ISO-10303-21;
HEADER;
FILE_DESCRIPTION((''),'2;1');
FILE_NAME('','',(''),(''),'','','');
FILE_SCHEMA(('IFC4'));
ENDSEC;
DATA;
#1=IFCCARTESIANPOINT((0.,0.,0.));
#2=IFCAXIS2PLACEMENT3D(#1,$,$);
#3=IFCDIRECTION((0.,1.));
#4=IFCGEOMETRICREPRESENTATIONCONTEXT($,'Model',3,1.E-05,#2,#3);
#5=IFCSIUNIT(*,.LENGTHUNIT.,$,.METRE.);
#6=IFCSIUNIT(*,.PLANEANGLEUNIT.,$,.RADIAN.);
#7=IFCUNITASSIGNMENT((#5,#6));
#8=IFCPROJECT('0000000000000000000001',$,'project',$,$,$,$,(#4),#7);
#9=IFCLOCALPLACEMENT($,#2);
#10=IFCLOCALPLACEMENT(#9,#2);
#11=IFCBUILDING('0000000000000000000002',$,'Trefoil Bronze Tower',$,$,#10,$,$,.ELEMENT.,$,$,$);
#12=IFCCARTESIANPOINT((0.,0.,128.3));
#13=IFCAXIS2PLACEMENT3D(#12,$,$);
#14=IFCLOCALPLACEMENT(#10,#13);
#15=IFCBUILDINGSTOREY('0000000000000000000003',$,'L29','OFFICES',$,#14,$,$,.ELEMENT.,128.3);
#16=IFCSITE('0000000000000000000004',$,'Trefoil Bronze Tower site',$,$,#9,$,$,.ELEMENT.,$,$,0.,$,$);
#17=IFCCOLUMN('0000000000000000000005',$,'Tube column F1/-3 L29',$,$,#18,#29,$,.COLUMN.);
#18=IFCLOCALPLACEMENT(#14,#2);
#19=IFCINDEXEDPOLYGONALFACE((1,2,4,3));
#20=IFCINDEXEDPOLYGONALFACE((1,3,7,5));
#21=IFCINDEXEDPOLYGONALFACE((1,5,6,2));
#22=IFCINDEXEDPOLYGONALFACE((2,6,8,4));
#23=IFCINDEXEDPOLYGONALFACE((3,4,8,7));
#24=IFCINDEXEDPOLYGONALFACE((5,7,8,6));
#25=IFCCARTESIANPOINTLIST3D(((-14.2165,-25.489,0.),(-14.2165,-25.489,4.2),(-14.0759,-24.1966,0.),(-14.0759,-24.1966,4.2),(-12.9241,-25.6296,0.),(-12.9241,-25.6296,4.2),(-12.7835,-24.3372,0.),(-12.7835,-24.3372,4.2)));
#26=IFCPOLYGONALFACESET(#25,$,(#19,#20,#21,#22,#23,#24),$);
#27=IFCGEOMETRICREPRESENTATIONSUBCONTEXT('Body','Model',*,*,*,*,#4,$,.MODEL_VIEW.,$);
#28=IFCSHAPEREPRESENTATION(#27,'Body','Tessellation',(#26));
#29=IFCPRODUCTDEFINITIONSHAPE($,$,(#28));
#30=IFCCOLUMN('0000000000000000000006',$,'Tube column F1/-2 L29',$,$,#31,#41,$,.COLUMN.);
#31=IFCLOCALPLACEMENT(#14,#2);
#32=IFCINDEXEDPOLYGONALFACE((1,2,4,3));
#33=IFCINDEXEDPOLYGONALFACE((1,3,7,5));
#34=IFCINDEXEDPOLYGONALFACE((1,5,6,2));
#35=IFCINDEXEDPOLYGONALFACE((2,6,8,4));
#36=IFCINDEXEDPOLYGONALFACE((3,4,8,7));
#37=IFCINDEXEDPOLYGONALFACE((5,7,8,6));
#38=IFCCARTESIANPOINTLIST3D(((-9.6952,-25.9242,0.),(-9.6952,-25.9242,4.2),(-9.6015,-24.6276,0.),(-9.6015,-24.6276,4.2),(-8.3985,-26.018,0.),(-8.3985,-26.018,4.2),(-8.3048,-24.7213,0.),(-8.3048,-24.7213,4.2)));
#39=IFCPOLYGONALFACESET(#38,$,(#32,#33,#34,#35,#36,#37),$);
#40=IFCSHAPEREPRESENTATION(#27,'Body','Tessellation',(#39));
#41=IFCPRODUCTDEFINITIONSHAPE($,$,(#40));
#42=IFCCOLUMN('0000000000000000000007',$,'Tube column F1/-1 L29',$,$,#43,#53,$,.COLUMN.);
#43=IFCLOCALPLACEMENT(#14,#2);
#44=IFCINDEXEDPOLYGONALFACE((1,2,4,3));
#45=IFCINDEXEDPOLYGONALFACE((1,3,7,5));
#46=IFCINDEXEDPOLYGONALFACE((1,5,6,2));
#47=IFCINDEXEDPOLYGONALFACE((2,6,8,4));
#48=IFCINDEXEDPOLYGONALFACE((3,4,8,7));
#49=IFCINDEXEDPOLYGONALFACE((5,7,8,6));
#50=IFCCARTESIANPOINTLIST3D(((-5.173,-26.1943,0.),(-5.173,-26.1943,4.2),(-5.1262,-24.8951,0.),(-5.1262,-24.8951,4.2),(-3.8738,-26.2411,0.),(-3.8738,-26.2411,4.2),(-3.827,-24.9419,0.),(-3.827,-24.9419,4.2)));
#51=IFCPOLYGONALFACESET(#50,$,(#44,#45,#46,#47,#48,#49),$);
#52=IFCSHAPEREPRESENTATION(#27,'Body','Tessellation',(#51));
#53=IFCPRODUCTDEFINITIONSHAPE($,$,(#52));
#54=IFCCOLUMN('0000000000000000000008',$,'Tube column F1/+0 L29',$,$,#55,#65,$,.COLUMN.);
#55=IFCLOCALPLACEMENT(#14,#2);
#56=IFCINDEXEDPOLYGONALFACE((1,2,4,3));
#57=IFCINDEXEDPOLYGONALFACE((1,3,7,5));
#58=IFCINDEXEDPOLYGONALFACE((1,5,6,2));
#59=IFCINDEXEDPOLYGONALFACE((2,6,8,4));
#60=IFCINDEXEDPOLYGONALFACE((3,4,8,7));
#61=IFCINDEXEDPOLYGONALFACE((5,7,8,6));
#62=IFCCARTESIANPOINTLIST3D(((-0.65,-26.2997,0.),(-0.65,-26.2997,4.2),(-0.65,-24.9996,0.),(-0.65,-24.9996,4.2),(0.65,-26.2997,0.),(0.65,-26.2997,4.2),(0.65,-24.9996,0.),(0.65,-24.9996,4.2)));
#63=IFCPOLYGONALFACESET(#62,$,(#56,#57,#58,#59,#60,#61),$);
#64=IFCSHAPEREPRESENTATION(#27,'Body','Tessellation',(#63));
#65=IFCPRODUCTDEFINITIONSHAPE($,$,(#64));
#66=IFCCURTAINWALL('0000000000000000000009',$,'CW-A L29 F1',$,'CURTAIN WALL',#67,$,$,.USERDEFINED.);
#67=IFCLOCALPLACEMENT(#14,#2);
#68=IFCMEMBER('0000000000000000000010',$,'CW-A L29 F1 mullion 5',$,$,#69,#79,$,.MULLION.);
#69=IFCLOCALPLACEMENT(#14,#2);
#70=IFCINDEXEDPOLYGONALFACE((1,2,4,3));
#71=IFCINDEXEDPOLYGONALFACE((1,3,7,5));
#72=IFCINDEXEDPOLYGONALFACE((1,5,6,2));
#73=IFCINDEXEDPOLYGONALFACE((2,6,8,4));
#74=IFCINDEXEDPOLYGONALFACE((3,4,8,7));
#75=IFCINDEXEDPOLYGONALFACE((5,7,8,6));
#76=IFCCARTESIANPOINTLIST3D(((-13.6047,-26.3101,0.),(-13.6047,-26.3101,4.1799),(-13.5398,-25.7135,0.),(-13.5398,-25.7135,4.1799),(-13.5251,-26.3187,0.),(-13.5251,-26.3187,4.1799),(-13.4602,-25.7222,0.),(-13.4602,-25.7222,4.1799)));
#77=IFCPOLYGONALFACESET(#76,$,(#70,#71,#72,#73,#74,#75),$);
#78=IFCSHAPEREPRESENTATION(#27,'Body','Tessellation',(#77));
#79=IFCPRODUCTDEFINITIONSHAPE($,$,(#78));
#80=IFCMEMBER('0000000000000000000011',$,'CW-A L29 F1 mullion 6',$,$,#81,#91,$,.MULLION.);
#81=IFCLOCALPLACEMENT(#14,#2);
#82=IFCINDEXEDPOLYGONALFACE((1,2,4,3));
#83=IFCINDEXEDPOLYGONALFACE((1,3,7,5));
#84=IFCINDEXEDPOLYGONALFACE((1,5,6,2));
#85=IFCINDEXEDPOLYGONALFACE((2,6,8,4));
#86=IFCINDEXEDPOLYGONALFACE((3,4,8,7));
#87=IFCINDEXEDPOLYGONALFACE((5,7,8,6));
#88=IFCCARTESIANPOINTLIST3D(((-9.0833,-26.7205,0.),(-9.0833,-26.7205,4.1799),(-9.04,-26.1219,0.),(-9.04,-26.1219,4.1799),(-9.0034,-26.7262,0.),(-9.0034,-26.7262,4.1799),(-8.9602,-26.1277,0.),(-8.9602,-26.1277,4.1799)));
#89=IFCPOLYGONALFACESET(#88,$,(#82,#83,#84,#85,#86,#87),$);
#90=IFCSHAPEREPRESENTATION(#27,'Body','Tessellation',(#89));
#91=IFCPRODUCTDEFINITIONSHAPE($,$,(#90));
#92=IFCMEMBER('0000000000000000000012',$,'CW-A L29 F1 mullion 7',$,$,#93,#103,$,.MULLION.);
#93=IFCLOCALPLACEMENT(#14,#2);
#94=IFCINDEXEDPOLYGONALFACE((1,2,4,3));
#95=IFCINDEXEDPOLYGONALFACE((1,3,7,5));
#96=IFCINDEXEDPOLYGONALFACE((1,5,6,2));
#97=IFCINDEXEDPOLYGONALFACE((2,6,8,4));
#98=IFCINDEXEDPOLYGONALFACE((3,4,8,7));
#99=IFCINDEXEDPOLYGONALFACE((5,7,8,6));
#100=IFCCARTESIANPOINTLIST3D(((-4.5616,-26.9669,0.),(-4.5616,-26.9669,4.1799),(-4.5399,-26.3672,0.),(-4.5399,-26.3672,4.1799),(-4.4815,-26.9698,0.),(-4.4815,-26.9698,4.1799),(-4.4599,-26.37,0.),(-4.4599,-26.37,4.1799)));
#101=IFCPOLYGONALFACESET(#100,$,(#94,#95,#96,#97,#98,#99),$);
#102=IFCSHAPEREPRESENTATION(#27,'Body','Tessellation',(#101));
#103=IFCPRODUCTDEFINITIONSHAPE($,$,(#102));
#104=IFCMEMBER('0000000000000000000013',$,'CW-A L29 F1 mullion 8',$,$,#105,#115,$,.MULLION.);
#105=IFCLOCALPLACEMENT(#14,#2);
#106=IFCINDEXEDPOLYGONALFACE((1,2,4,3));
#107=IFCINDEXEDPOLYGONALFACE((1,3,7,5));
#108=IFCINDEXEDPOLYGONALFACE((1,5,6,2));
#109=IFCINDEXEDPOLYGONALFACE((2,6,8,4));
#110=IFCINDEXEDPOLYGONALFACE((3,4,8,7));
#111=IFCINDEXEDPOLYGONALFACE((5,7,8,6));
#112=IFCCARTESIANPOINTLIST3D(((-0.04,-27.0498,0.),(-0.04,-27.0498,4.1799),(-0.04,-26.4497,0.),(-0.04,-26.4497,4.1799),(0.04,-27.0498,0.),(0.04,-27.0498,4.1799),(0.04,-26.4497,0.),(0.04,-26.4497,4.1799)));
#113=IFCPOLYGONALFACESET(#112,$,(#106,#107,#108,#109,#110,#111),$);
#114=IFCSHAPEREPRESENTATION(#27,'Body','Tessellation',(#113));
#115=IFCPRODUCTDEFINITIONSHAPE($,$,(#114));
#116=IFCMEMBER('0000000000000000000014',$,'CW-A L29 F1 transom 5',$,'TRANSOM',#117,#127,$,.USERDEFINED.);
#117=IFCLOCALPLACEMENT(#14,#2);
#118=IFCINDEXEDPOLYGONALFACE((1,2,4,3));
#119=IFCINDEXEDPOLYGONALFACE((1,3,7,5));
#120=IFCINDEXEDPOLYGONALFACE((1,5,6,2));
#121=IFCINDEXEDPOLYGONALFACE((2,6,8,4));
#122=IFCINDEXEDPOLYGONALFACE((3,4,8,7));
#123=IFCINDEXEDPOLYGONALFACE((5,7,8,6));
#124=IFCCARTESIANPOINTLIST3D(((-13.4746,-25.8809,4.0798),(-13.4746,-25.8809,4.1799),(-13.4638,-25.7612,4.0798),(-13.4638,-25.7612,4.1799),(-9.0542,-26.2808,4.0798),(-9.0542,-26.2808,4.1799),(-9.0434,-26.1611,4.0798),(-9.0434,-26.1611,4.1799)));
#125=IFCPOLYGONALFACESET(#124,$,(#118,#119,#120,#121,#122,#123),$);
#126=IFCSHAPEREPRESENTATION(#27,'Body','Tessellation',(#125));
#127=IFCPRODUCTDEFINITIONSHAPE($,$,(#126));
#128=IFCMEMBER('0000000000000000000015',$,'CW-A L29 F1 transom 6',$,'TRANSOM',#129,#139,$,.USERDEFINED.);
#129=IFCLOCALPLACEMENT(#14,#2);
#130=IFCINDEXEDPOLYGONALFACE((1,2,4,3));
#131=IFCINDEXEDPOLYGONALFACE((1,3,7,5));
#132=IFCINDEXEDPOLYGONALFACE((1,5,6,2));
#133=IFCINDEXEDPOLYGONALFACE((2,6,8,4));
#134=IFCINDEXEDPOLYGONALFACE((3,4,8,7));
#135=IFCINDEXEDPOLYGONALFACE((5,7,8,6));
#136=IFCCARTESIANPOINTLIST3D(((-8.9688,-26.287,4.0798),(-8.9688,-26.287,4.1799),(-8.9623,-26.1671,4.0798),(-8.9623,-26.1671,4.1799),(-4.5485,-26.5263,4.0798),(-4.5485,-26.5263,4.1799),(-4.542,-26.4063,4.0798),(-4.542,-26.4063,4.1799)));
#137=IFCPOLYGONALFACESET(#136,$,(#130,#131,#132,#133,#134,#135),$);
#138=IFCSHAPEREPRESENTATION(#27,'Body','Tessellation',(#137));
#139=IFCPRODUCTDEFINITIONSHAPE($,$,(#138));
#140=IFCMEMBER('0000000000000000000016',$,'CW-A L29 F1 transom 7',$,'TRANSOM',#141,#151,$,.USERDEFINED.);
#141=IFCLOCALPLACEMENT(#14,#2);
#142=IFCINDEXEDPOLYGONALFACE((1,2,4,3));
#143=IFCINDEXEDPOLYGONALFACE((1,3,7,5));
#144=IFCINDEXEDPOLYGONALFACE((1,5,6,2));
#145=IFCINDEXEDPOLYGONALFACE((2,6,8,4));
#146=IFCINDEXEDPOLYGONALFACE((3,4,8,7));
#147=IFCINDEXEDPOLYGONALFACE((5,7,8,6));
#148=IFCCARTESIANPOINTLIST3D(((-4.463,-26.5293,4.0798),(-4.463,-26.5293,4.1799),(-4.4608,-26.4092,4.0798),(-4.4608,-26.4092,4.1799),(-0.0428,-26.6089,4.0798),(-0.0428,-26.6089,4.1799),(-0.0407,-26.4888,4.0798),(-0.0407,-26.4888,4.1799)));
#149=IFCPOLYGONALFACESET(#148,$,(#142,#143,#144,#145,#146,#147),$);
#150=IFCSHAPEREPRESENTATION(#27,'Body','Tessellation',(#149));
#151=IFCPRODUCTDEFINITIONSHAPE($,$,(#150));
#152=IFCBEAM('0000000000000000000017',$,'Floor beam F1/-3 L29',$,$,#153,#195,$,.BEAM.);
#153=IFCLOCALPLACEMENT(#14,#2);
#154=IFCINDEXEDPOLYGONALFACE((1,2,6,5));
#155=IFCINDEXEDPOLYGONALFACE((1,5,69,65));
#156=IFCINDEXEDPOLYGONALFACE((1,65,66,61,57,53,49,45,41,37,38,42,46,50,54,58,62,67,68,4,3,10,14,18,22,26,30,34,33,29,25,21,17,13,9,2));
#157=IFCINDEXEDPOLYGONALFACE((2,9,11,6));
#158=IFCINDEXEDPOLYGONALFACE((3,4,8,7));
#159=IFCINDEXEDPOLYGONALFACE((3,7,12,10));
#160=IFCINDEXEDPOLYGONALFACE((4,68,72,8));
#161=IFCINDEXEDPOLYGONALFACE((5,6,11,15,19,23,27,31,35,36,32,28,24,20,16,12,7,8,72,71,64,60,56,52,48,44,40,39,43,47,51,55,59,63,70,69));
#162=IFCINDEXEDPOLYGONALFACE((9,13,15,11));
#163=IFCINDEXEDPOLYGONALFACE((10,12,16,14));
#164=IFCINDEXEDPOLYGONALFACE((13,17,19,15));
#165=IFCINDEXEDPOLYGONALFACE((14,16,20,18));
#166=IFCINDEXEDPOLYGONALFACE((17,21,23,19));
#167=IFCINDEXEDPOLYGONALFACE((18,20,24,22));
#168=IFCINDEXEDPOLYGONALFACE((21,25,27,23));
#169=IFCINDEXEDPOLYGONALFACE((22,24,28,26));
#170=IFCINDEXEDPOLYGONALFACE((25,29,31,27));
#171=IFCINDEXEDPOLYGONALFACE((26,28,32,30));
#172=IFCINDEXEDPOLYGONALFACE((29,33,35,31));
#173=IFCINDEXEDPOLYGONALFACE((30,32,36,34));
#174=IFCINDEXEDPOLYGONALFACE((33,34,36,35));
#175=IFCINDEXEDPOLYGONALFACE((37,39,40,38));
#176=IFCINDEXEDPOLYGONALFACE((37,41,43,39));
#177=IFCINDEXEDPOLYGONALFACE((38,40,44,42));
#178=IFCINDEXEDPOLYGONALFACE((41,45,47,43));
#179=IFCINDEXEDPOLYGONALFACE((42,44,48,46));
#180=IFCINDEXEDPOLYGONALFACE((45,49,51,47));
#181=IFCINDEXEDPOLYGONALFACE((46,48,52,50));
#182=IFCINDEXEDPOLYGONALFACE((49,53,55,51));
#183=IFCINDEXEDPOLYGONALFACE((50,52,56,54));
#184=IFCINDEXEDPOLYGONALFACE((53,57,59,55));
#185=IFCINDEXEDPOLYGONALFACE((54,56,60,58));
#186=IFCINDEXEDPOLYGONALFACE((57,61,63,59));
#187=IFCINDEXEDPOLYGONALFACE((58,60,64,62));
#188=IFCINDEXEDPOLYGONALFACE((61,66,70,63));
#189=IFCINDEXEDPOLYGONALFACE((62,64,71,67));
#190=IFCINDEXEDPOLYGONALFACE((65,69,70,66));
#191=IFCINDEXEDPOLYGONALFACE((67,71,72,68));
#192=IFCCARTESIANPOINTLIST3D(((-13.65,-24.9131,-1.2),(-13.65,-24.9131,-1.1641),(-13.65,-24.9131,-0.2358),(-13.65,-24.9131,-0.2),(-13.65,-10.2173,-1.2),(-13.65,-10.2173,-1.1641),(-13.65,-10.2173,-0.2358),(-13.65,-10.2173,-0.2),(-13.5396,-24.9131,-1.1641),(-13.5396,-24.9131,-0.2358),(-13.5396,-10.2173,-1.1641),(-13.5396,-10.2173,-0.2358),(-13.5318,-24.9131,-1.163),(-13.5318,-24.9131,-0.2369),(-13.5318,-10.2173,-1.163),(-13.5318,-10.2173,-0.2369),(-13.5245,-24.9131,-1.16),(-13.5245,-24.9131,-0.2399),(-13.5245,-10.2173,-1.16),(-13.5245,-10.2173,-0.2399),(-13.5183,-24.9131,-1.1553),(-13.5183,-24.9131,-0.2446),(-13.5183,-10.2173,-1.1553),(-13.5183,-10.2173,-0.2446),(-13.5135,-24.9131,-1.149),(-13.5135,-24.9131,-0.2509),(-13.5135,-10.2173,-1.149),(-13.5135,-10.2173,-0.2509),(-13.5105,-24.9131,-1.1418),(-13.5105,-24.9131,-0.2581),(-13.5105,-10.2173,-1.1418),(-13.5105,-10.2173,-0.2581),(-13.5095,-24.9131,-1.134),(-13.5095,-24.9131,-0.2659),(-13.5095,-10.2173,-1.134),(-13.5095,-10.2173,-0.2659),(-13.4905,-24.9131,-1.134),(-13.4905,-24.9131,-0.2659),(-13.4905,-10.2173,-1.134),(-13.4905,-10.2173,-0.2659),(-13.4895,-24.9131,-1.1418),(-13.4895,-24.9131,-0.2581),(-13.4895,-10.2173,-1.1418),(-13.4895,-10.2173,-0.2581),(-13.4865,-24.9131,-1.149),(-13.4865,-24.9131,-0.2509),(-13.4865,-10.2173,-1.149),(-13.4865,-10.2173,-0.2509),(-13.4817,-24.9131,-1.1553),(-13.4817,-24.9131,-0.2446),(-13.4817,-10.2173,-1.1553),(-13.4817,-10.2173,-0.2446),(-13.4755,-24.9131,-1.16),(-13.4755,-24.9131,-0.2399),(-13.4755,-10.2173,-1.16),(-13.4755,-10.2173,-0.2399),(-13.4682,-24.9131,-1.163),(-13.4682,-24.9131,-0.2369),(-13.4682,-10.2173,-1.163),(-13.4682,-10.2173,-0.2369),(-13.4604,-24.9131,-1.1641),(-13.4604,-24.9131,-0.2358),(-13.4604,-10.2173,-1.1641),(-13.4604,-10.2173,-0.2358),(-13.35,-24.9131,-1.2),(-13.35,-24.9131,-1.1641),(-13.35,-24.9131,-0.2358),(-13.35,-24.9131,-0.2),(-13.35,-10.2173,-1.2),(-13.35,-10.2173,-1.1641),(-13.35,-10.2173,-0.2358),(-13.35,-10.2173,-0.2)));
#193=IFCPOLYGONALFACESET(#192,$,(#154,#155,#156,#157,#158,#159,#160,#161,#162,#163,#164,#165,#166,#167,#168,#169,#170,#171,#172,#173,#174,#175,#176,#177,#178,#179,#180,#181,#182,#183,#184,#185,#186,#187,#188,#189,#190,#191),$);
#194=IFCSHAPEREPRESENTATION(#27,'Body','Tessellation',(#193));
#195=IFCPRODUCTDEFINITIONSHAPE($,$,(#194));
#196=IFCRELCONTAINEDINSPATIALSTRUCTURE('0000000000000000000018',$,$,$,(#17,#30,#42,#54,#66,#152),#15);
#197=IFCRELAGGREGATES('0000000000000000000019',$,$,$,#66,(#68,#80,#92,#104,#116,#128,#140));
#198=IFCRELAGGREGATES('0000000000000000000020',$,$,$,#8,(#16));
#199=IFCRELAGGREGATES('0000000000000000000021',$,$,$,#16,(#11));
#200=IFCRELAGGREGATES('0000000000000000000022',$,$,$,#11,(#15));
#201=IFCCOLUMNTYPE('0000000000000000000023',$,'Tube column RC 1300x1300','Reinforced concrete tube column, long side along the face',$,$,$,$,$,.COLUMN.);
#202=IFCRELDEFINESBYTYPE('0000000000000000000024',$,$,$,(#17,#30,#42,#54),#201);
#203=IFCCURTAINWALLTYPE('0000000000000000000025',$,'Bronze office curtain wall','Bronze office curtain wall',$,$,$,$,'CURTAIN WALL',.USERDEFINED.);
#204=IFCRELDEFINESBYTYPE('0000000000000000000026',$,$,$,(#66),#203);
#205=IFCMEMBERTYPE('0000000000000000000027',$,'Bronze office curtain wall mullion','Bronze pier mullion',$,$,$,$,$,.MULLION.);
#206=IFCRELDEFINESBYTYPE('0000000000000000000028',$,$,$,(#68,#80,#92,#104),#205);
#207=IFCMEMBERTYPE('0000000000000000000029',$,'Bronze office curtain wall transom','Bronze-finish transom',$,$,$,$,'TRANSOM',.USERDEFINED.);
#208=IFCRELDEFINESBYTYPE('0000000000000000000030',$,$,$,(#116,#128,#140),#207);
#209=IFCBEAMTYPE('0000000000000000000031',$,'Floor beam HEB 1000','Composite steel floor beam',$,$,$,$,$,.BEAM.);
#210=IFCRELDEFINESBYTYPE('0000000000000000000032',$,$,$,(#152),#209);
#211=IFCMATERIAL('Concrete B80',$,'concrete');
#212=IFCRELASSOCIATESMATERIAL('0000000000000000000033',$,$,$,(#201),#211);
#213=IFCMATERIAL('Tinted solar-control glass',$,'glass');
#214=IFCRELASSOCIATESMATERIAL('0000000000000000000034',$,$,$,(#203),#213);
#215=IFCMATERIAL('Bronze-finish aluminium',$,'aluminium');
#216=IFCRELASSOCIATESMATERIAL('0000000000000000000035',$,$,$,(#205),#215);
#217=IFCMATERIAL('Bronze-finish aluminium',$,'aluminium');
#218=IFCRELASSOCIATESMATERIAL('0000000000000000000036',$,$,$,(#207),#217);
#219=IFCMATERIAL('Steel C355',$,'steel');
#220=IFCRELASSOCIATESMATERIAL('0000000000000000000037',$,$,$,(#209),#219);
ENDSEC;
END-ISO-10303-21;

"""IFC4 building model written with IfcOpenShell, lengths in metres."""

from ifc_helpers import new_model, si_unit, direction, frame, origin, origin_2d, place, context, subcontext, project, spatial, rectangle, i_section, extrude, material, material_profile, profile_set, type_object, element, aggregate, save


model = new_model("IFC4")

# Units and contexts
model_context = context("Model", 3, precision=1e-05, world=origin(), true_north=direction((0.0, 1.0)))
body_context = subcontext(model_context, "Body", "Model", "MODEL_VIEW")
ifc_project = project(units=[si_unit("LENGTHUNIT", "METRE"), si_unit("PLANEANGLEUNIT", "RADIAN")], contexts=[model_context])

# Site, building, storey
site_placement = place(None, origin())
site = spatial("IfcSite", under=ifc_project, at=site_placement, Name="Trefoil Bronze Tower site", CompositionType="ELEMENT", RefElevation=0.0)
building_placement = place(site_placement, origin())
building = spatial("IfcBuilding", under=site, at=building_placement, Name="Trefoil Bronze Tower", CompositionType="ELEMENT")
storey_placement = place(building_placement, frame((0.0, 0.0, 128.3)))
storey = spatial("IfcBuildingStorey", under=building, at=storey_placement, Name="L29", Description="OFFICES", CompositionType="ELEMENT", Elevation=128.3)

# Columns
ifc_material_1 = material(Name="Concrete B80", Category="concrete")
ifc_material_profile_1 = material_profile(ifc_material_1, rectangle(XDim=1.3, YDim=1.3, at=origin_2d()), Name="RC 1300x1300")
ifc_profile_set_1 = profile_set([ifc_material_profile_1], Name="Concrete B80")
column_type = type_object("IfcColumnType", Name="Tube column RC 1300x1300", Description="Reinforced concrete tube column, long side along the face", PredefinedType="COLUMN", material=ifc_profile_set_1)
for number, where, z_axis, x_axis, name in (
    (1, (-13.5, -24.9131, 0.0), (0.0, 0.0, 1.0), (0.994135, -0.108144, 0.0), "Tube column F1/-3 L29"),
    (2, (-9.0, -25.3228, 0.0), (0.0, 0.0, 1.0), (0.997398, -0.072096, 0.0), "Tube column F1/-2 L29"),
    (3, (-4.5, -25.5681, 0.0), (0.0, 0.0, 1.0), (0.99935, -0.036048, 0.0), "Tube column F1/-1 L29"),
    (4, (0.0, -25.6497, 0.0), (0.0, 0.0, 1.0), (1.0, 0.0, 0.0), "Tube column F1/+0 L29"),
):
    element("IfcColumn", number, at=place(storey_placement, frame(where, z_axis=z_axis, x_axis=x_axis)), inside=storey, type_object=column_type, Name=name, PredefinedType="COLUMN", context=body_context, shape_type="SweptSolid", body=[
        extrude(rectangle(XDim=1.3, YDim=1.3, at=origin_2d()), origin(), (0.0, 0.0, 1.0), 4.2),
    ])

# Curtain wall, members
ifc_material_2 = material(Name="Tinted solar-control glass", Category="glass")
curtain_wall_type = type_object("IfcCurtainWallType", Name="Bronze office curtain wall", Description="Bronze office curtain wall", ElementType="CURTAIN WALL", PredefinedType="USERDEFINED", material=ifc_material_2)
curtain_wall_placement = place(storey_placement, origin())
curtain_wall = element("IfcCurtainWall", 5, at=curtain_wall_placement, inside=storey, type_object=curtain_wall_type, Name="CW-A L29 F1", ObjectType="CURTAIN WALL", PredefinedType="USERDEFINED")
ifc_material_3 = material(Name="Bronze-finish aluminium", Category="aluminium")
ifc_material_profile_2 = material_profile(ifc_material_3, rectangle(XDim=0.6001, YDim=0.0801, at=origin_2d()), Name="CW-A mullion")
ifc_profile_set_2 = profile_set([ifc_material_profile_2], Name="Bronze-finish aluminium")
member_type_1 = type_object("IfcMemberType", Name="Bronze office curtain wall mullion", Description="Bronze pier mullion", PredefinedType="MULLION", material=ifc_profile_set_2)
member_1_placement = place(storey_placement, frame((-13.5325, -26.0161, 0.0), z_axis=(0.0, 0.0, 1.0), x_axis=(0.108144, 0.994135, 0.0)))
member_1 = element("IfcMember", 6, at=member_1_placement, type_object=member_type_1, Name="CW-A L29 F1 mullion 5", PredefinedType="MULLION", context=body_context, shape_type="SweptSolid", body=[
    extrude(rectangle(XDim=0.6001, YDim=0.0801, at=origin_2d()), origin(), (0.0, 0.0, 1.0), 4.1799),
])
member_2_placement = place(storey_placement, frame((-9.0217, -26.4241, 0.0), z_axis=(0.0, 0.0, 1.0), x_axis=(0.072096, 0.997398, 0.0)))
member_2 = element("IfcMember", 7, at=member_2_placement, type_object=member_type_1, Name="CW-A L29 F1 mullion 6", PredefinedType="MULLION", context=body_context, shape_type="SweptSolid", body=[
    extrude(rectangle(XDim=0.6001, YDim=0.0801, at=origin_2d()), origin(), (0.0, 0.0, 1.0), 4.1799),
])
member_3_placement = place(storey_placement, frame((-4.5107, -26.6685, 0.0), z_axis=(0.0, 0.0, 1.0), x_axis=(0.036048, 0.99935, 0.0)))
member_3 = element("IfcMember", 8, at=member_3_placement, type_object=member_type_1, Name="CW-A L29 F1 mullion 7", PredefinedType="MULLION", context=body_context, shape_type="SweptSolid", body=[
    extrude(rectangle(XDim=0.6001, YDim=0.0801, at=origin_2d()), origin(), (0.0, 0.0, 1.0), 4.1799),
])
member_4_placement = place(storey_placement, frame((0.0, -26.7498, 0.0), z_axis=(0.0, 0.0, 1.0), x_axis=(0.0, 1.0, 0.0)))
member_4 = element("IfcMember", 9, at=member_4_placement, type_object=member_type_1, Name="CW-A L29 F1 mullion 8", PredefinedType="MULLION", context=body_context, shape_type="SweptSolid", body=[
    extrude(rectangle(XDim=0.6001, YDim=0.0801, at=origin_2d()), origin(), (0.0, 0.0, 1.0), 4.1799),
])
ifc_material_4 = material(Name="Bronze-finish aluminium", Category="aluminium")
ifc_material_profile_3 = material_profile(ifc_material_4, rectangle(XDim=0.1201, YDim=0.1001, at=origin_2d()), Name="CW-A transom")
ifc_profile_set_3 = profile_set([ifc_material_profile_3], Name="Bronze-finish aluminium")
member_type_2 = type_object("IfcMemberType", Name="Bronze office curtain wall transom", Description="Bronze-finish transom", ElementType="TRANSOM", PredefinedType="USERDEFINED", material=ifc_profile_set_3)
member_5_placement = place(storey_placement, frame((-13.4692, -25.821, 4.1299), z_axis=(0.995933, -0.090099, 0.0), x_axis=(0.090099, 0.995933, 0.0)))
member_5 = element("IfcMember", 10, at=member_5_placement, type_object=member_type_2, Name="CW-A L29 F1 transom 5", ObjectType="TRANSOM", PredefinedType="USERDEFINED", context=body_context, shape_type="SweptSolid", body=[
    extrude(rectangle(XDim=0.1201, YDim=0.1001, at=origin_2d()), origin(), (0.0, 0.0, 1.0), 4.4385),
])
member_6_placement = place(storey_placement, frame((-8.9656, -26.2271, 4.1299), z_axis=(0.998538, -0.05405, 0.0), x_axis=(0.05405, 0.998538, 0.0)))
member_6 = element("IfcMember", 11, at=member_6_placement, type_object=member_type_2, Name="CW-A L29 F1 transom 6", ObjectType="TRANSOM", PredefinedType="USERDEFINED", context=body_context, shape_type="SweptSolid", body=[
    extrude(rectangle(XDim=0.1201, YDim=0.1001, at=origin_2d()), origin(), (0.0, 0.0, 1.0), 4.4268),
])
member_7_placement = place(storey_placement, frame((-4.4619, -26.4692, 4.1299), z_axis=(0.999838, -0.018003, 0.0), x_axis=(0.018003, 0.999838, 0.0)))
member_7 = element("IfcMember", 12, at=member_7_placement, type_object=member_type_2, Name="CW-A L29 F1 transom 7", ObjectType="TRANSOM", PredefinedType="USERDEFINED", context=body_context, shape_type="SweptSolid", body=[
    extrude(rectangle(XDim=0.1201, YDim=0.1001, at=origin_2d()), origin(), (0.0, 0.0, 1.0), 4.4209),
])

# Beam
ifc_material_5 = material(Name="Steel C355", Category="steel")
ifc_material_profile_4 = material_profile(ifc_material_5, i_section(OverallWidth=0.3, OverallDepth=1.0, WebThickness=0.019, FlangeThickness=0.0359, FilletRadius=0.03, at=origin_2d()), Name="HEB 1000")
ifc_profile_set_4 = profile_set([ifc_material_profile_4], Name="Steel C355")
beam_type_1 = type_object("IfcBeamType", Name="Floor beam HEB 1000", Description="Composite steel floor beam", PredefinedType="BEAM", material=ifc_profile_set_4)
beam_1_placement = place(storey_placement, frame((-13.5, -24.9131, -0.7), z_axis=(0.0, 1.0, 0.0), x_axis=(-1.0, 0.0, 0.0)))
element("IfcBeam", 13, at=beam_1_placement, inside=storey, type_object=beam_type_1, Name="Floor beam F1/-3 L29", PredefinedType="BEAM", context=body_context, shape_type="SweptSolid", body=[
    extrude(i_section(OverallWidth=0.3, OverallDepth=1.0, WebThickness=0.019, FlangeThickness=0.0359, FilletRadius=0.03, at=origin_2d()), origin(), (0.0, 0.0, 1.0), 14.6958),
])

aggregate(curtain_wall, [member_1, member_2, member_3, member_4, member_5, member_6, member_7])

save(model, "model.ifc")
